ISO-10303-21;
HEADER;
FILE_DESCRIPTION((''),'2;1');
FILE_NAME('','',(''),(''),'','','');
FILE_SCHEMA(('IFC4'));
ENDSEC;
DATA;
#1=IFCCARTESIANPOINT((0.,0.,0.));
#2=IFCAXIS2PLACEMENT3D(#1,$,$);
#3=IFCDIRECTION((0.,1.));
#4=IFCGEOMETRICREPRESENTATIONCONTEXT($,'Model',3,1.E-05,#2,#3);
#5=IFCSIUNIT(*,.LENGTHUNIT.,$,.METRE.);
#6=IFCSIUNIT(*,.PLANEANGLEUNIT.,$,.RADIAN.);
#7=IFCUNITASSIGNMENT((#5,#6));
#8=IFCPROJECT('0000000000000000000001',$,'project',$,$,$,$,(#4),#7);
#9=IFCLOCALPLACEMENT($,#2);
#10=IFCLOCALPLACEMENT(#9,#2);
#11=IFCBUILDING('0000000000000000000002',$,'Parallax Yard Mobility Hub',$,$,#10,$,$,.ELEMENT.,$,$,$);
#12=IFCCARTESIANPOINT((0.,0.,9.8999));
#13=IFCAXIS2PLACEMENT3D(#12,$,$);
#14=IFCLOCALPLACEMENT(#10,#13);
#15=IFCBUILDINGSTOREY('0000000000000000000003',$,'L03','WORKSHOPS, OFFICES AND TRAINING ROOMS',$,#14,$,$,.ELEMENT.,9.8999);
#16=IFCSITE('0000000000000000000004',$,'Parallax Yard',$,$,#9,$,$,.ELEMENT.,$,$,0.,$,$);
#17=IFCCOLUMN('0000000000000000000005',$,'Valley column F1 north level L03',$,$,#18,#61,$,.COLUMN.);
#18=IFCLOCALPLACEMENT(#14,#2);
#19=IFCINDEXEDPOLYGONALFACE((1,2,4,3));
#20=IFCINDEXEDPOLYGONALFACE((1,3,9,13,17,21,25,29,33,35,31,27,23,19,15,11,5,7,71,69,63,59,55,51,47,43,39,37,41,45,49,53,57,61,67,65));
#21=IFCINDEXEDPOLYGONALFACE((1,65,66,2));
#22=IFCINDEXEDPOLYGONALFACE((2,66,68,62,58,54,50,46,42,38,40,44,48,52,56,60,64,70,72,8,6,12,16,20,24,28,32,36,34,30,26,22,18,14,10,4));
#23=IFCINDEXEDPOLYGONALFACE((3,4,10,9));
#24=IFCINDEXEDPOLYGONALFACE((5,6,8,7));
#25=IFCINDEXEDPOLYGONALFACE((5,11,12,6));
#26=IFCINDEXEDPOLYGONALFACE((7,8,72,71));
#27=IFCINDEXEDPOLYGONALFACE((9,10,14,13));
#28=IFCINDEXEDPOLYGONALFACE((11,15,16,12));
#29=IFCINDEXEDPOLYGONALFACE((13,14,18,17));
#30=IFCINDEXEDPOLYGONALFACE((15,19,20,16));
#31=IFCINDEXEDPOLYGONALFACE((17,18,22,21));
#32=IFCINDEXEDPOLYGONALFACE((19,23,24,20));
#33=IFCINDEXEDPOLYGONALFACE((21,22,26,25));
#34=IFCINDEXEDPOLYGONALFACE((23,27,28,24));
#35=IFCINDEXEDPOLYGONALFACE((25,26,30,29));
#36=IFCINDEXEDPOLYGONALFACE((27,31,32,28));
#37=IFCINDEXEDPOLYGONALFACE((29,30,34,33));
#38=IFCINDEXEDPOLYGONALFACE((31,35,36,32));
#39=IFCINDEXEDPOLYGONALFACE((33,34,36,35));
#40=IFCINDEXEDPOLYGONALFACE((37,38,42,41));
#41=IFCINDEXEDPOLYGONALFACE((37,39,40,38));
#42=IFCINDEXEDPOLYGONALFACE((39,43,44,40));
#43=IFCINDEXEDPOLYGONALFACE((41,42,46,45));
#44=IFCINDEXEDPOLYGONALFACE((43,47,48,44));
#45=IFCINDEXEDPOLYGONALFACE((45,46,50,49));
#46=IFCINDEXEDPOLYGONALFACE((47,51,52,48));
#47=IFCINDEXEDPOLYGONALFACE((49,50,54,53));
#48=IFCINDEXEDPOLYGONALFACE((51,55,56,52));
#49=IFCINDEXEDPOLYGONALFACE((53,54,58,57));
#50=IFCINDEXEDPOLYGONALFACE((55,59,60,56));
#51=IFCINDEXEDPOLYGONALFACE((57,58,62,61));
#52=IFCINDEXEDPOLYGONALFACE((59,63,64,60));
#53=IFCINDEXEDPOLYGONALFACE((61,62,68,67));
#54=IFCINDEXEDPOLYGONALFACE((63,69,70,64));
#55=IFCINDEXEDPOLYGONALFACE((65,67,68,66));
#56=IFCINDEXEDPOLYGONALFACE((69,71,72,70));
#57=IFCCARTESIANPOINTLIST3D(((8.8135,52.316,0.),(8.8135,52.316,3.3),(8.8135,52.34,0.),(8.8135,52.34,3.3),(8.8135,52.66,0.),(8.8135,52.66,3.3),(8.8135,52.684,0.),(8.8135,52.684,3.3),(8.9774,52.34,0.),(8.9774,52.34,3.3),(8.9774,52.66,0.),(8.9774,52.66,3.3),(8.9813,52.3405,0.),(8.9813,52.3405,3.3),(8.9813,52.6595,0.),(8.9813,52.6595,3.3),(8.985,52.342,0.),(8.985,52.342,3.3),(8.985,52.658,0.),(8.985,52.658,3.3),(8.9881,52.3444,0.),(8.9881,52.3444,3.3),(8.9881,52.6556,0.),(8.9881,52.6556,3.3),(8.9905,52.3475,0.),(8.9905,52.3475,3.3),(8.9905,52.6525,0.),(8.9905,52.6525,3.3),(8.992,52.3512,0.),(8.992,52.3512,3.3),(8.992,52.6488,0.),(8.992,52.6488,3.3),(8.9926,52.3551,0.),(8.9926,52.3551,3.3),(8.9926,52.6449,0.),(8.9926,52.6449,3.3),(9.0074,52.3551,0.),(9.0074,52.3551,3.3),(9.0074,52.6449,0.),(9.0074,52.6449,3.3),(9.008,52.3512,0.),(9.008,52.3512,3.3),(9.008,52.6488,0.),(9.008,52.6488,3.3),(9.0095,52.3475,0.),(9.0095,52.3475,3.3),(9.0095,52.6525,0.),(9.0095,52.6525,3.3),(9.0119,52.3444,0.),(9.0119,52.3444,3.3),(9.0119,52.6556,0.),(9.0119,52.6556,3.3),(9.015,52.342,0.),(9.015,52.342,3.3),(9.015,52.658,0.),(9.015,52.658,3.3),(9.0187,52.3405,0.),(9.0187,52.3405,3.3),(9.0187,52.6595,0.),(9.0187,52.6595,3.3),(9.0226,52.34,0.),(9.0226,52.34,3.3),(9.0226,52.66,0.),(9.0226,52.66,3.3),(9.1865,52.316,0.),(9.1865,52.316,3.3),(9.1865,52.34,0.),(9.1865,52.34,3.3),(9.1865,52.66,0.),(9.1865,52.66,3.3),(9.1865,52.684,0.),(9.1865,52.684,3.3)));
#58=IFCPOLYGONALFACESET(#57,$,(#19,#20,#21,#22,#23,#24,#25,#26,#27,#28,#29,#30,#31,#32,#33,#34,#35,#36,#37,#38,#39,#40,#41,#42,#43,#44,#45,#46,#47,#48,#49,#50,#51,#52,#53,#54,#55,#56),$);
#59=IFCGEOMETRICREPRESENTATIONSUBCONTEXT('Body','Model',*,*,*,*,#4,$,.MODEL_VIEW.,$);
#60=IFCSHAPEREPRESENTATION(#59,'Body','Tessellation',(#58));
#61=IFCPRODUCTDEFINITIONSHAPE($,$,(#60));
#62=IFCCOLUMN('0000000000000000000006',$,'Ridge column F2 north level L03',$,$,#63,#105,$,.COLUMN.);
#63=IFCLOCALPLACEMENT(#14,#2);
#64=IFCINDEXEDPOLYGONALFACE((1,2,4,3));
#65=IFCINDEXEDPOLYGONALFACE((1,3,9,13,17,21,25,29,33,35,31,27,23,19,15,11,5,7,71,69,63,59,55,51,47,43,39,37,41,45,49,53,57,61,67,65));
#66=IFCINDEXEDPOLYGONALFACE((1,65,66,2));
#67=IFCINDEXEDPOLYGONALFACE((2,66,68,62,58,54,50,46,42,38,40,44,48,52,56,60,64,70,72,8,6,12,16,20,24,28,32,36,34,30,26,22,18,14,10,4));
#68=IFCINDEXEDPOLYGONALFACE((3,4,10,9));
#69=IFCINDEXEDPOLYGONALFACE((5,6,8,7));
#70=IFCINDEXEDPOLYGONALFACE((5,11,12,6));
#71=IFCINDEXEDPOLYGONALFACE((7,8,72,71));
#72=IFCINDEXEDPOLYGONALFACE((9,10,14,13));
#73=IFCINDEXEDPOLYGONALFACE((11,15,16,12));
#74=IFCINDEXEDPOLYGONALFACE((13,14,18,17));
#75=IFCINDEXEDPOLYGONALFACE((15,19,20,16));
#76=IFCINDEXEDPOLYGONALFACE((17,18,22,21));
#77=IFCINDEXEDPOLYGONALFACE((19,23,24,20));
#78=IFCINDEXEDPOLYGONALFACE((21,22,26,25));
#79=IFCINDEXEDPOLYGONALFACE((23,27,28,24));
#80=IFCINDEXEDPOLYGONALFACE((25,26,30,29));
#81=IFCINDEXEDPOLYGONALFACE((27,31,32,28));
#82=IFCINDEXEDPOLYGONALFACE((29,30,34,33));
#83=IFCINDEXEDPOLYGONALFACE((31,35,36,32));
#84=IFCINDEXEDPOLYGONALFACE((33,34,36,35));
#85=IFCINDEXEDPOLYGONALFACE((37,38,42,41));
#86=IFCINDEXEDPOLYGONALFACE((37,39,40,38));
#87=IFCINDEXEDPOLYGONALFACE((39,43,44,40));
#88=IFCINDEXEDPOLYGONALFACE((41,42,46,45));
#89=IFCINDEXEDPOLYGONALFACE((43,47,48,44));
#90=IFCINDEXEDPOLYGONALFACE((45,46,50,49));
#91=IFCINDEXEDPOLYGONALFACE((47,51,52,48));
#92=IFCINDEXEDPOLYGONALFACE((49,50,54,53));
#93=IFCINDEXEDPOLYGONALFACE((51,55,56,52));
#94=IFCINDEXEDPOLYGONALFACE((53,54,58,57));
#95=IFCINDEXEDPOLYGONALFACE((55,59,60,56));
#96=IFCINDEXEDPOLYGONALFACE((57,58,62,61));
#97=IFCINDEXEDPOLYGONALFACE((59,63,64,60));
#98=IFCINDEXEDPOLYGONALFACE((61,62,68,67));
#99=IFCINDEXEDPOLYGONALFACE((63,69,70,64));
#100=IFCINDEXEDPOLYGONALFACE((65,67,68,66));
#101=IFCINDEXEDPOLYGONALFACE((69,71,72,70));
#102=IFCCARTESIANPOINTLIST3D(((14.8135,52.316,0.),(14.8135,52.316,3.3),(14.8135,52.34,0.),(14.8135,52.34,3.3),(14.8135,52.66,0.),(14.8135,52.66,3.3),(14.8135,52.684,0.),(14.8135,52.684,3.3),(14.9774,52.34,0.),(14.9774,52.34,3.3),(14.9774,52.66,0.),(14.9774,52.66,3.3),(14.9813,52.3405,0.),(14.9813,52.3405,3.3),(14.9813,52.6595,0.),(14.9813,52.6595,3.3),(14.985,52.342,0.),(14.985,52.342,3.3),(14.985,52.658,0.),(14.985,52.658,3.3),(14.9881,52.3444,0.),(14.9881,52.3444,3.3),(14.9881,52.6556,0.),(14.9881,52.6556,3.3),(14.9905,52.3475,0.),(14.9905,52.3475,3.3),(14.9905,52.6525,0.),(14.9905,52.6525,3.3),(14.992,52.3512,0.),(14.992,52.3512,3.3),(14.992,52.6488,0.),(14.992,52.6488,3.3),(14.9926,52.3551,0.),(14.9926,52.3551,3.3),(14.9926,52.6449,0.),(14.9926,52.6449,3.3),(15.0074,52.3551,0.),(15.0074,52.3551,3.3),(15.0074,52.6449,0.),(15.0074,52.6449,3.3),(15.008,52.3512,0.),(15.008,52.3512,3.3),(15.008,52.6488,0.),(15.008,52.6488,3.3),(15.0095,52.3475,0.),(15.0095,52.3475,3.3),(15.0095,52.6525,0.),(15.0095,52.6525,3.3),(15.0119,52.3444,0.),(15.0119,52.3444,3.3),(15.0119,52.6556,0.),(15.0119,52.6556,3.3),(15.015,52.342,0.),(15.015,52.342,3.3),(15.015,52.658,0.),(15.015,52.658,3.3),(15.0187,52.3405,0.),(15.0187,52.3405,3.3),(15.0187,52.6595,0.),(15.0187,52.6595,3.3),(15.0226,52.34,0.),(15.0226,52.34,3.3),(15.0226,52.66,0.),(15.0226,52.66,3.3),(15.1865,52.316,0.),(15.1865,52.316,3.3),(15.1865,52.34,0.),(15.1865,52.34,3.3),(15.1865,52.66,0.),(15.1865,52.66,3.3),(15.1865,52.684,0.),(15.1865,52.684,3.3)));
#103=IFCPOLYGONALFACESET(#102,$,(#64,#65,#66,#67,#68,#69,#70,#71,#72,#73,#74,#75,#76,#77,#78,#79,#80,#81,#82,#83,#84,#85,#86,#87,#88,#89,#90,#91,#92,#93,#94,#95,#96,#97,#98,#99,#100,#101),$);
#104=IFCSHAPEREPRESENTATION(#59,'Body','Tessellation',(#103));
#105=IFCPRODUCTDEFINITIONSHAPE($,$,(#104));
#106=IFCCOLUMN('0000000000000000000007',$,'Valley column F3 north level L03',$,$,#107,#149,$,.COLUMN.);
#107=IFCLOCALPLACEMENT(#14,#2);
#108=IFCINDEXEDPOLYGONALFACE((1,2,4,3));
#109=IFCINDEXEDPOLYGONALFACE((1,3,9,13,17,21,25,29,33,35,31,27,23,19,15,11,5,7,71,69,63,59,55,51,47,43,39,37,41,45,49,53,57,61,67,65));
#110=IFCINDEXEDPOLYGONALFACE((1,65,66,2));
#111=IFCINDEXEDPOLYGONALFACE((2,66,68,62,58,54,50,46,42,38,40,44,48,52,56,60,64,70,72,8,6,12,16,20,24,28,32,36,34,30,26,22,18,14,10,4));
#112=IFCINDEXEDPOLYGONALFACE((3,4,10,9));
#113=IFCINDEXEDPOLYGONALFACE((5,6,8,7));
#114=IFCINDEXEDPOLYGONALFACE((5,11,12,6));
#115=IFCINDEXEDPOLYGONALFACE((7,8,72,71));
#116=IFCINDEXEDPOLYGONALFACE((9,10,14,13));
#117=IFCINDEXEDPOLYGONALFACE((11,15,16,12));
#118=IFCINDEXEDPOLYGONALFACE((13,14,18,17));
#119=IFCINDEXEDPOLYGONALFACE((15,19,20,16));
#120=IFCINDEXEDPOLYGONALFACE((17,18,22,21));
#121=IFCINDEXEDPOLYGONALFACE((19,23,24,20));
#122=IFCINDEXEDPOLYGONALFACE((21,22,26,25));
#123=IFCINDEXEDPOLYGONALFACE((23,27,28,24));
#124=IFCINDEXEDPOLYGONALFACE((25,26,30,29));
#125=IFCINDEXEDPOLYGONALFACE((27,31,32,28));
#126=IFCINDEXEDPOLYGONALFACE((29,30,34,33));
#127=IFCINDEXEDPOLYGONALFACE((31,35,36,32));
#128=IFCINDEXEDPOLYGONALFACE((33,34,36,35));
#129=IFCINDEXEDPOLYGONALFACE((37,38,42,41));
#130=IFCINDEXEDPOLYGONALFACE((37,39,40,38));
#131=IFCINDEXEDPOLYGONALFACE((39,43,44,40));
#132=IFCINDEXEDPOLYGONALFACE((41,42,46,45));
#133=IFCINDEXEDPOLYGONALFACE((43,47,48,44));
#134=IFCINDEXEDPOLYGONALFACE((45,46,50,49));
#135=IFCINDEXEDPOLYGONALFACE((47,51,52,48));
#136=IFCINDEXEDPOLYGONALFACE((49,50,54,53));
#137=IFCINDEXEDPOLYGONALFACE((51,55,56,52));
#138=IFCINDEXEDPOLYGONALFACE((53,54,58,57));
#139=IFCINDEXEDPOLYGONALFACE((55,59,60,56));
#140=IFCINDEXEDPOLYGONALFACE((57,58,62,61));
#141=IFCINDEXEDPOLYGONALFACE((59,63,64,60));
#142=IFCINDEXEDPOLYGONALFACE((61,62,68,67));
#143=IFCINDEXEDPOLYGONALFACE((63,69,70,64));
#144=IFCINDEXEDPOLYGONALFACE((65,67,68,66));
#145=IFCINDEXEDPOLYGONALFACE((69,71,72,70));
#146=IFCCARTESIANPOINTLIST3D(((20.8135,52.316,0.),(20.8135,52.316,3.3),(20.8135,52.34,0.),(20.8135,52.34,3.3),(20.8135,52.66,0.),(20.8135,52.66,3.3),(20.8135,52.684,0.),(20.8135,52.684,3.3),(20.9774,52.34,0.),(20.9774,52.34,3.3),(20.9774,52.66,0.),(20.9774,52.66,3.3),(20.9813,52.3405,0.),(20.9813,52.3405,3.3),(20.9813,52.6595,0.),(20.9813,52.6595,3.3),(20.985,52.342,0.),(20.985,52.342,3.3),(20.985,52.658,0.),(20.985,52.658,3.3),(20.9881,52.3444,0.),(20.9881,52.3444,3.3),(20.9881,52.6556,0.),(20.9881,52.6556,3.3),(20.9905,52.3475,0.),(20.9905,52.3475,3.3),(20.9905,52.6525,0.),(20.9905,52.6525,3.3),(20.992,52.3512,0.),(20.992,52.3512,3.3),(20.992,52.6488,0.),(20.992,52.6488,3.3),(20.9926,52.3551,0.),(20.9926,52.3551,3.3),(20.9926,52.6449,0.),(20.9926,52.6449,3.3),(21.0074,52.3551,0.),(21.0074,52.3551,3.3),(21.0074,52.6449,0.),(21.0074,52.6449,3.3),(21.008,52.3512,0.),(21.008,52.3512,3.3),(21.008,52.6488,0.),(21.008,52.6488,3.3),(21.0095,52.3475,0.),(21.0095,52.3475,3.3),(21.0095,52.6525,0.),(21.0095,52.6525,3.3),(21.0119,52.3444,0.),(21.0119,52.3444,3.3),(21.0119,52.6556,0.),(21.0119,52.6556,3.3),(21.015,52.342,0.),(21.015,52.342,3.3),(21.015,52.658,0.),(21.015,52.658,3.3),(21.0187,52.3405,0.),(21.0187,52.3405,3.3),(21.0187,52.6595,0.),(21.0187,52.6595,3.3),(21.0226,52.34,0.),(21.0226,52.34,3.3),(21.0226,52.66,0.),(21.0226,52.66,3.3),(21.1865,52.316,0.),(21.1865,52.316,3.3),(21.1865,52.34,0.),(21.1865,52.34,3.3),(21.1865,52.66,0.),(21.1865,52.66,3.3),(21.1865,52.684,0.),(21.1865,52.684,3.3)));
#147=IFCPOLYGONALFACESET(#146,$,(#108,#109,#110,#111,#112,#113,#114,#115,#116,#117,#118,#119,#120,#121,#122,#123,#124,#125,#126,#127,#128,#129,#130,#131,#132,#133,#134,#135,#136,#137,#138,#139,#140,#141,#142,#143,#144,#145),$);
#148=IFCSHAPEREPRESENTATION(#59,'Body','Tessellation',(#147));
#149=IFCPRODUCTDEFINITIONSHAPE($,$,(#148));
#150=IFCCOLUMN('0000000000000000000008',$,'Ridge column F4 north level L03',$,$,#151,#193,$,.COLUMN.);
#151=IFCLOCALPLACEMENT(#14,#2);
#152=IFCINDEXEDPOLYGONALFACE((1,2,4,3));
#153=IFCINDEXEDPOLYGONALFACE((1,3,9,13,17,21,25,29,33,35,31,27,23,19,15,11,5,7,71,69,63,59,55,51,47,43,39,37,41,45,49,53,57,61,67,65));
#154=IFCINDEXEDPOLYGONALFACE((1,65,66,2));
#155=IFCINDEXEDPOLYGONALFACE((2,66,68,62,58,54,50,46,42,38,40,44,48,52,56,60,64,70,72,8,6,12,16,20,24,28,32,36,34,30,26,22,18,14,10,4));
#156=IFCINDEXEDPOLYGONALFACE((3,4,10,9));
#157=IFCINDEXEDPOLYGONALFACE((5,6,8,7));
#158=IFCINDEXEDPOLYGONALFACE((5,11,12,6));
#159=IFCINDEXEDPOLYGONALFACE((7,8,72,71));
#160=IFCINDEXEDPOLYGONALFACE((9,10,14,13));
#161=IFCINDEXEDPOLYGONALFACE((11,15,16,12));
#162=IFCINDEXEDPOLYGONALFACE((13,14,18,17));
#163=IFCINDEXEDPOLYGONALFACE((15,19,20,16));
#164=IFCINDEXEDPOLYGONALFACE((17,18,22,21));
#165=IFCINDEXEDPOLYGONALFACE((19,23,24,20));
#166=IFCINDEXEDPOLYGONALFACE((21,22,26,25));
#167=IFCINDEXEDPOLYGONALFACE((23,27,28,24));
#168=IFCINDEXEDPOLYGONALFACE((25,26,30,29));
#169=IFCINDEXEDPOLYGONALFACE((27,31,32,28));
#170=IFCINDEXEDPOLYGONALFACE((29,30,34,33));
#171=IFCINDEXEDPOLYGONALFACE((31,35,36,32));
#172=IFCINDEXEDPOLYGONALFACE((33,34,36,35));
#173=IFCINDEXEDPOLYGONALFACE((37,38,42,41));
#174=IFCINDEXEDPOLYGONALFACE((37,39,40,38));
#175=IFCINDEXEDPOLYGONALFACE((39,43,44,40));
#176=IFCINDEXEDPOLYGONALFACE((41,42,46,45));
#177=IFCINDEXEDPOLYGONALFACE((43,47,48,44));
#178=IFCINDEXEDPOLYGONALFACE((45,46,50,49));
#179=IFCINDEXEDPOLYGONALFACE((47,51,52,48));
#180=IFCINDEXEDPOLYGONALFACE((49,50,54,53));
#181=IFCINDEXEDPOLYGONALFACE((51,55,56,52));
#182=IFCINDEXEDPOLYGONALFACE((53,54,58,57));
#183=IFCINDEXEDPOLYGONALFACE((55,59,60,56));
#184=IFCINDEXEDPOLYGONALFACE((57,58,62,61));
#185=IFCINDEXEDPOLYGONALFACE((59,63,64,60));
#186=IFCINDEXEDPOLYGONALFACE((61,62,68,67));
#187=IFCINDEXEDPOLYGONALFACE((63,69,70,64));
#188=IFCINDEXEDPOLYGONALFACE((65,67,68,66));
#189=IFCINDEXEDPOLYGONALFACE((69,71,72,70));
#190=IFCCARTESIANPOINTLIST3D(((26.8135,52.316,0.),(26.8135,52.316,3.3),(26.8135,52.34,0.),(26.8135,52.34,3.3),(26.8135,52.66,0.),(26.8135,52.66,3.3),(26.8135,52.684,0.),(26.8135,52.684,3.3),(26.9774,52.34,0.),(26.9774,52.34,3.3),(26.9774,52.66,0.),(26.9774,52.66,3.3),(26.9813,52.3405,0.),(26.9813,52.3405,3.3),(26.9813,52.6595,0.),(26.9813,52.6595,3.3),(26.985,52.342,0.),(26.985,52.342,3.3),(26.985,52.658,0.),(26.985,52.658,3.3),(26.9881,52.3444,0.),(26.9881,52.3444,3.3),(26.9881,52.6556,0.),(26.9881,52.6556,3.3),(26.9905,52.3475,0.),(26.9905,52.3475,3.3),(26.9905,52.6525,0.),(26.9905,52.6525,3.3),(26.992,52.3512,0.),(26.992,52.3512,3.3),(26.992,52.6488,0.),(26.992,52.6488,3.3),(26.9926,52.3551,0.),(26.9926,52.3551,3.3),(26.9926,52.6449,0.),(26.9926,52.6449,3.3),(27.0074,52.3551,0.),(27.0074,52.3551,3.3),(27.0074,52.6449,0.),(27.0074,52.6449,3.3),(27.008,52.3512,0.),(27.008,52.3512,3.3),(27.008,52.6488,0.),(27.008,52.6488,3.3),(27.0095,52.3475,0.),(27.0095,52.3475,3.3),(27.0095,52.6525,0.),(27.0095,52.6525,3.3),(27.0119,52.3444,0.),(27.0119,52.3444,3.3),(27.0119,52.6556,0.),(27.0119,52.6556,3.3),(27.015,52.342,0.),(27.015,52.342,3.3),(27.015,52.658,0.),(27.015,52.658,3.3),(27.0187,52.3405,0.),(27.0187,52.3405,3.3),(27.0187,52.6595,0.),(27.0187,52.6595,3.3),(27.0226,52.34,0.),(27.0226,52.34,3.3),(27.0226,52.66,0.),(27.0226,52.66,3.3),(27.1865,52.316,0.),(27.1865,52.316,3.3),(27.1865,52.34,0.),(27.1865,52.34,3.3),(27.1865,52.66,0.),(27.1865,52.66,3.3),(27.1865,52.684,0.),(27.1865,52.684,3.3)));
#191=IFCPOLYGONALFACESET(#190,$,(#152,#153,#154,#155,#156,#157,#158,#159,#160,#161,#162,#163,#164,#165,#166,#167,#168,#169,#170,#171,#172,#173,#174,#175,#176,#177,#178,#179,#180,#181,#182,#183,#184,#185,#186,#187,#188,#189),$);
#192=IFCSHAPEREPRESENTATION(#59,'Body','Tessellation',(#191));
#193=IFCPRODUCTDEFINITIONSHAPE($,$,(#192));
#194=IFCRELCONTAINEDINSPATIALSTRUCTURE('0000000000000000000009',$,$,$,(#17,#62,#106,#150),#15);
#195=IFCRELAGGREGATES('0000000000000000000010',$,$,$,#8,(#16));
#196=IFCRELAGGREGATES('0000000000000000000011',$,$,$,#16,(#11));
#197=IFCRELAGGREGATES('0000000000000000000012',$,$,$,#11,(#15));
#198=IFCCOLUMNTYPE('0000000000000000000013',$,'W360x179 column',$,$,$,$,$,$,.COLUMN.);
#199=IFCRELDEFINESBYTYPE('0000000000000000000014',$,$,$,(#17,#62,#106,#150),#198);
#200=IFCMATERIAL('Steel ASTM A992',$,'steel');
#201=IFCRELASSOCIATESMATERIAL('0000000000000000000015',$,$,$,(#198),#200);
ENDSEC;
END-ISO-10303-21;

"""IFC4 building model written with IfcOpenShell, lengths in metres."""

from ifc_helpers import new_model, si_unit, direction, frame, origin, origin_2d, place, context, subcontext, project, spatial, i_section, extrude, material, material_profile, profile_set, type_object, element, save


model = new_model("IFC4")

# Units and contexts
model_context = context("Model", 3, precision=1e-05, world=origin(), true_north=direction((0.0, 1.0)))
body_context = subcontext(model_context, "Body", "Model", "MODEL_VIEW")
ifc_project = project(units=[si_unit("LENGTHUNIT", "METRE"), si_unit("PLANEANGLEUNIT", "RADIAN")], contexts=[model_context])

# Site, building, storey
site_placement = place(None, origin())
site = spatial("IfcSite", under=ifc_project, at=site_placement, Name="Parallax Yard", CompositionType="ELEMENT", RefElevation=0.0)
building_placement = place(site_placement, origin())
building = spatial("IfcBuilding", under=site, at=building_placement, Name="Parallax Yard Mobility Hub", CompositionType="ELEMENT")
storey_placement = place(building_placement, frame((0.0, 0.0, 9.8999)))
storey = spatial("IfcBuildingStorey", under=building, at=storey_placement, Name="L03", Description="WORKSHOPS, OFFICES AND TRAINING ROOMS", CompositionType="ELEMENT", Elevation=9.8999)

# Columns
ifc_material_1 = material(Name="Steel ASTM A992", Category="steel")
ifc_material_profile = material_profile(ifc_material_1, i_section(OverallWidth=0.373, OverallDepth=0.3679, WebThickness=0.0149, FlangeThickness=0.0239, FilletRadius=0.0151, at=origin_2d()), Name="W360x179")
ifc_profile_set = profile_set([ifc_material_profile], Name="Steel ASTM A992")
column_type = type_object("IfcColumnType", Name="W360x179 column", PredefinedType="COLUMN", material=ifc_profile_set)
for number, where, z_axis, x_axis, name in (
    (1, (9.0, 52.5, 0.0), (0.0, 0.0, 1.0), (1.0, 0.0, 0.0), "Valley column F1 north level L03"),
    (2, (15.0, 52.5, 0.0), (0.0, 0.0, 1.0), (1.0, 0.0, 0.0), "Ridge column F2 north level L03"),
    (3, (21.0, 52.5, 0.0), (0.0, 0.0, 1.0), (1.0, 0.0, 0.0), "Valley column F3 north level L03"),
    (4, (27.0, 52.5, 0.0), (0.0, 0.0, 1.0), (1.0, 0.0, 0.0), "Ridge column F4 north level L03"),
):
    element("IfcColumn", number, at=place(storey_placement, frame(where, z_axis=z_axis, x_axis=x_axis)), inside=storey, type_object=column_type, Name=name, PredefinedType="COLUMN", context=body_context, shape_type="SweptSolid", body=[
        extrude(i_section(OverallWidth=0.373, OverallDepth=0.3679, WebThickness=0.0149, FlangeThickness=0.0239, FilletRadius=0.0151, at=origin_2d()), origin(), (0.0, 0.0, 1.0), 3.3),
    ])

save(model, "model.ifc")
